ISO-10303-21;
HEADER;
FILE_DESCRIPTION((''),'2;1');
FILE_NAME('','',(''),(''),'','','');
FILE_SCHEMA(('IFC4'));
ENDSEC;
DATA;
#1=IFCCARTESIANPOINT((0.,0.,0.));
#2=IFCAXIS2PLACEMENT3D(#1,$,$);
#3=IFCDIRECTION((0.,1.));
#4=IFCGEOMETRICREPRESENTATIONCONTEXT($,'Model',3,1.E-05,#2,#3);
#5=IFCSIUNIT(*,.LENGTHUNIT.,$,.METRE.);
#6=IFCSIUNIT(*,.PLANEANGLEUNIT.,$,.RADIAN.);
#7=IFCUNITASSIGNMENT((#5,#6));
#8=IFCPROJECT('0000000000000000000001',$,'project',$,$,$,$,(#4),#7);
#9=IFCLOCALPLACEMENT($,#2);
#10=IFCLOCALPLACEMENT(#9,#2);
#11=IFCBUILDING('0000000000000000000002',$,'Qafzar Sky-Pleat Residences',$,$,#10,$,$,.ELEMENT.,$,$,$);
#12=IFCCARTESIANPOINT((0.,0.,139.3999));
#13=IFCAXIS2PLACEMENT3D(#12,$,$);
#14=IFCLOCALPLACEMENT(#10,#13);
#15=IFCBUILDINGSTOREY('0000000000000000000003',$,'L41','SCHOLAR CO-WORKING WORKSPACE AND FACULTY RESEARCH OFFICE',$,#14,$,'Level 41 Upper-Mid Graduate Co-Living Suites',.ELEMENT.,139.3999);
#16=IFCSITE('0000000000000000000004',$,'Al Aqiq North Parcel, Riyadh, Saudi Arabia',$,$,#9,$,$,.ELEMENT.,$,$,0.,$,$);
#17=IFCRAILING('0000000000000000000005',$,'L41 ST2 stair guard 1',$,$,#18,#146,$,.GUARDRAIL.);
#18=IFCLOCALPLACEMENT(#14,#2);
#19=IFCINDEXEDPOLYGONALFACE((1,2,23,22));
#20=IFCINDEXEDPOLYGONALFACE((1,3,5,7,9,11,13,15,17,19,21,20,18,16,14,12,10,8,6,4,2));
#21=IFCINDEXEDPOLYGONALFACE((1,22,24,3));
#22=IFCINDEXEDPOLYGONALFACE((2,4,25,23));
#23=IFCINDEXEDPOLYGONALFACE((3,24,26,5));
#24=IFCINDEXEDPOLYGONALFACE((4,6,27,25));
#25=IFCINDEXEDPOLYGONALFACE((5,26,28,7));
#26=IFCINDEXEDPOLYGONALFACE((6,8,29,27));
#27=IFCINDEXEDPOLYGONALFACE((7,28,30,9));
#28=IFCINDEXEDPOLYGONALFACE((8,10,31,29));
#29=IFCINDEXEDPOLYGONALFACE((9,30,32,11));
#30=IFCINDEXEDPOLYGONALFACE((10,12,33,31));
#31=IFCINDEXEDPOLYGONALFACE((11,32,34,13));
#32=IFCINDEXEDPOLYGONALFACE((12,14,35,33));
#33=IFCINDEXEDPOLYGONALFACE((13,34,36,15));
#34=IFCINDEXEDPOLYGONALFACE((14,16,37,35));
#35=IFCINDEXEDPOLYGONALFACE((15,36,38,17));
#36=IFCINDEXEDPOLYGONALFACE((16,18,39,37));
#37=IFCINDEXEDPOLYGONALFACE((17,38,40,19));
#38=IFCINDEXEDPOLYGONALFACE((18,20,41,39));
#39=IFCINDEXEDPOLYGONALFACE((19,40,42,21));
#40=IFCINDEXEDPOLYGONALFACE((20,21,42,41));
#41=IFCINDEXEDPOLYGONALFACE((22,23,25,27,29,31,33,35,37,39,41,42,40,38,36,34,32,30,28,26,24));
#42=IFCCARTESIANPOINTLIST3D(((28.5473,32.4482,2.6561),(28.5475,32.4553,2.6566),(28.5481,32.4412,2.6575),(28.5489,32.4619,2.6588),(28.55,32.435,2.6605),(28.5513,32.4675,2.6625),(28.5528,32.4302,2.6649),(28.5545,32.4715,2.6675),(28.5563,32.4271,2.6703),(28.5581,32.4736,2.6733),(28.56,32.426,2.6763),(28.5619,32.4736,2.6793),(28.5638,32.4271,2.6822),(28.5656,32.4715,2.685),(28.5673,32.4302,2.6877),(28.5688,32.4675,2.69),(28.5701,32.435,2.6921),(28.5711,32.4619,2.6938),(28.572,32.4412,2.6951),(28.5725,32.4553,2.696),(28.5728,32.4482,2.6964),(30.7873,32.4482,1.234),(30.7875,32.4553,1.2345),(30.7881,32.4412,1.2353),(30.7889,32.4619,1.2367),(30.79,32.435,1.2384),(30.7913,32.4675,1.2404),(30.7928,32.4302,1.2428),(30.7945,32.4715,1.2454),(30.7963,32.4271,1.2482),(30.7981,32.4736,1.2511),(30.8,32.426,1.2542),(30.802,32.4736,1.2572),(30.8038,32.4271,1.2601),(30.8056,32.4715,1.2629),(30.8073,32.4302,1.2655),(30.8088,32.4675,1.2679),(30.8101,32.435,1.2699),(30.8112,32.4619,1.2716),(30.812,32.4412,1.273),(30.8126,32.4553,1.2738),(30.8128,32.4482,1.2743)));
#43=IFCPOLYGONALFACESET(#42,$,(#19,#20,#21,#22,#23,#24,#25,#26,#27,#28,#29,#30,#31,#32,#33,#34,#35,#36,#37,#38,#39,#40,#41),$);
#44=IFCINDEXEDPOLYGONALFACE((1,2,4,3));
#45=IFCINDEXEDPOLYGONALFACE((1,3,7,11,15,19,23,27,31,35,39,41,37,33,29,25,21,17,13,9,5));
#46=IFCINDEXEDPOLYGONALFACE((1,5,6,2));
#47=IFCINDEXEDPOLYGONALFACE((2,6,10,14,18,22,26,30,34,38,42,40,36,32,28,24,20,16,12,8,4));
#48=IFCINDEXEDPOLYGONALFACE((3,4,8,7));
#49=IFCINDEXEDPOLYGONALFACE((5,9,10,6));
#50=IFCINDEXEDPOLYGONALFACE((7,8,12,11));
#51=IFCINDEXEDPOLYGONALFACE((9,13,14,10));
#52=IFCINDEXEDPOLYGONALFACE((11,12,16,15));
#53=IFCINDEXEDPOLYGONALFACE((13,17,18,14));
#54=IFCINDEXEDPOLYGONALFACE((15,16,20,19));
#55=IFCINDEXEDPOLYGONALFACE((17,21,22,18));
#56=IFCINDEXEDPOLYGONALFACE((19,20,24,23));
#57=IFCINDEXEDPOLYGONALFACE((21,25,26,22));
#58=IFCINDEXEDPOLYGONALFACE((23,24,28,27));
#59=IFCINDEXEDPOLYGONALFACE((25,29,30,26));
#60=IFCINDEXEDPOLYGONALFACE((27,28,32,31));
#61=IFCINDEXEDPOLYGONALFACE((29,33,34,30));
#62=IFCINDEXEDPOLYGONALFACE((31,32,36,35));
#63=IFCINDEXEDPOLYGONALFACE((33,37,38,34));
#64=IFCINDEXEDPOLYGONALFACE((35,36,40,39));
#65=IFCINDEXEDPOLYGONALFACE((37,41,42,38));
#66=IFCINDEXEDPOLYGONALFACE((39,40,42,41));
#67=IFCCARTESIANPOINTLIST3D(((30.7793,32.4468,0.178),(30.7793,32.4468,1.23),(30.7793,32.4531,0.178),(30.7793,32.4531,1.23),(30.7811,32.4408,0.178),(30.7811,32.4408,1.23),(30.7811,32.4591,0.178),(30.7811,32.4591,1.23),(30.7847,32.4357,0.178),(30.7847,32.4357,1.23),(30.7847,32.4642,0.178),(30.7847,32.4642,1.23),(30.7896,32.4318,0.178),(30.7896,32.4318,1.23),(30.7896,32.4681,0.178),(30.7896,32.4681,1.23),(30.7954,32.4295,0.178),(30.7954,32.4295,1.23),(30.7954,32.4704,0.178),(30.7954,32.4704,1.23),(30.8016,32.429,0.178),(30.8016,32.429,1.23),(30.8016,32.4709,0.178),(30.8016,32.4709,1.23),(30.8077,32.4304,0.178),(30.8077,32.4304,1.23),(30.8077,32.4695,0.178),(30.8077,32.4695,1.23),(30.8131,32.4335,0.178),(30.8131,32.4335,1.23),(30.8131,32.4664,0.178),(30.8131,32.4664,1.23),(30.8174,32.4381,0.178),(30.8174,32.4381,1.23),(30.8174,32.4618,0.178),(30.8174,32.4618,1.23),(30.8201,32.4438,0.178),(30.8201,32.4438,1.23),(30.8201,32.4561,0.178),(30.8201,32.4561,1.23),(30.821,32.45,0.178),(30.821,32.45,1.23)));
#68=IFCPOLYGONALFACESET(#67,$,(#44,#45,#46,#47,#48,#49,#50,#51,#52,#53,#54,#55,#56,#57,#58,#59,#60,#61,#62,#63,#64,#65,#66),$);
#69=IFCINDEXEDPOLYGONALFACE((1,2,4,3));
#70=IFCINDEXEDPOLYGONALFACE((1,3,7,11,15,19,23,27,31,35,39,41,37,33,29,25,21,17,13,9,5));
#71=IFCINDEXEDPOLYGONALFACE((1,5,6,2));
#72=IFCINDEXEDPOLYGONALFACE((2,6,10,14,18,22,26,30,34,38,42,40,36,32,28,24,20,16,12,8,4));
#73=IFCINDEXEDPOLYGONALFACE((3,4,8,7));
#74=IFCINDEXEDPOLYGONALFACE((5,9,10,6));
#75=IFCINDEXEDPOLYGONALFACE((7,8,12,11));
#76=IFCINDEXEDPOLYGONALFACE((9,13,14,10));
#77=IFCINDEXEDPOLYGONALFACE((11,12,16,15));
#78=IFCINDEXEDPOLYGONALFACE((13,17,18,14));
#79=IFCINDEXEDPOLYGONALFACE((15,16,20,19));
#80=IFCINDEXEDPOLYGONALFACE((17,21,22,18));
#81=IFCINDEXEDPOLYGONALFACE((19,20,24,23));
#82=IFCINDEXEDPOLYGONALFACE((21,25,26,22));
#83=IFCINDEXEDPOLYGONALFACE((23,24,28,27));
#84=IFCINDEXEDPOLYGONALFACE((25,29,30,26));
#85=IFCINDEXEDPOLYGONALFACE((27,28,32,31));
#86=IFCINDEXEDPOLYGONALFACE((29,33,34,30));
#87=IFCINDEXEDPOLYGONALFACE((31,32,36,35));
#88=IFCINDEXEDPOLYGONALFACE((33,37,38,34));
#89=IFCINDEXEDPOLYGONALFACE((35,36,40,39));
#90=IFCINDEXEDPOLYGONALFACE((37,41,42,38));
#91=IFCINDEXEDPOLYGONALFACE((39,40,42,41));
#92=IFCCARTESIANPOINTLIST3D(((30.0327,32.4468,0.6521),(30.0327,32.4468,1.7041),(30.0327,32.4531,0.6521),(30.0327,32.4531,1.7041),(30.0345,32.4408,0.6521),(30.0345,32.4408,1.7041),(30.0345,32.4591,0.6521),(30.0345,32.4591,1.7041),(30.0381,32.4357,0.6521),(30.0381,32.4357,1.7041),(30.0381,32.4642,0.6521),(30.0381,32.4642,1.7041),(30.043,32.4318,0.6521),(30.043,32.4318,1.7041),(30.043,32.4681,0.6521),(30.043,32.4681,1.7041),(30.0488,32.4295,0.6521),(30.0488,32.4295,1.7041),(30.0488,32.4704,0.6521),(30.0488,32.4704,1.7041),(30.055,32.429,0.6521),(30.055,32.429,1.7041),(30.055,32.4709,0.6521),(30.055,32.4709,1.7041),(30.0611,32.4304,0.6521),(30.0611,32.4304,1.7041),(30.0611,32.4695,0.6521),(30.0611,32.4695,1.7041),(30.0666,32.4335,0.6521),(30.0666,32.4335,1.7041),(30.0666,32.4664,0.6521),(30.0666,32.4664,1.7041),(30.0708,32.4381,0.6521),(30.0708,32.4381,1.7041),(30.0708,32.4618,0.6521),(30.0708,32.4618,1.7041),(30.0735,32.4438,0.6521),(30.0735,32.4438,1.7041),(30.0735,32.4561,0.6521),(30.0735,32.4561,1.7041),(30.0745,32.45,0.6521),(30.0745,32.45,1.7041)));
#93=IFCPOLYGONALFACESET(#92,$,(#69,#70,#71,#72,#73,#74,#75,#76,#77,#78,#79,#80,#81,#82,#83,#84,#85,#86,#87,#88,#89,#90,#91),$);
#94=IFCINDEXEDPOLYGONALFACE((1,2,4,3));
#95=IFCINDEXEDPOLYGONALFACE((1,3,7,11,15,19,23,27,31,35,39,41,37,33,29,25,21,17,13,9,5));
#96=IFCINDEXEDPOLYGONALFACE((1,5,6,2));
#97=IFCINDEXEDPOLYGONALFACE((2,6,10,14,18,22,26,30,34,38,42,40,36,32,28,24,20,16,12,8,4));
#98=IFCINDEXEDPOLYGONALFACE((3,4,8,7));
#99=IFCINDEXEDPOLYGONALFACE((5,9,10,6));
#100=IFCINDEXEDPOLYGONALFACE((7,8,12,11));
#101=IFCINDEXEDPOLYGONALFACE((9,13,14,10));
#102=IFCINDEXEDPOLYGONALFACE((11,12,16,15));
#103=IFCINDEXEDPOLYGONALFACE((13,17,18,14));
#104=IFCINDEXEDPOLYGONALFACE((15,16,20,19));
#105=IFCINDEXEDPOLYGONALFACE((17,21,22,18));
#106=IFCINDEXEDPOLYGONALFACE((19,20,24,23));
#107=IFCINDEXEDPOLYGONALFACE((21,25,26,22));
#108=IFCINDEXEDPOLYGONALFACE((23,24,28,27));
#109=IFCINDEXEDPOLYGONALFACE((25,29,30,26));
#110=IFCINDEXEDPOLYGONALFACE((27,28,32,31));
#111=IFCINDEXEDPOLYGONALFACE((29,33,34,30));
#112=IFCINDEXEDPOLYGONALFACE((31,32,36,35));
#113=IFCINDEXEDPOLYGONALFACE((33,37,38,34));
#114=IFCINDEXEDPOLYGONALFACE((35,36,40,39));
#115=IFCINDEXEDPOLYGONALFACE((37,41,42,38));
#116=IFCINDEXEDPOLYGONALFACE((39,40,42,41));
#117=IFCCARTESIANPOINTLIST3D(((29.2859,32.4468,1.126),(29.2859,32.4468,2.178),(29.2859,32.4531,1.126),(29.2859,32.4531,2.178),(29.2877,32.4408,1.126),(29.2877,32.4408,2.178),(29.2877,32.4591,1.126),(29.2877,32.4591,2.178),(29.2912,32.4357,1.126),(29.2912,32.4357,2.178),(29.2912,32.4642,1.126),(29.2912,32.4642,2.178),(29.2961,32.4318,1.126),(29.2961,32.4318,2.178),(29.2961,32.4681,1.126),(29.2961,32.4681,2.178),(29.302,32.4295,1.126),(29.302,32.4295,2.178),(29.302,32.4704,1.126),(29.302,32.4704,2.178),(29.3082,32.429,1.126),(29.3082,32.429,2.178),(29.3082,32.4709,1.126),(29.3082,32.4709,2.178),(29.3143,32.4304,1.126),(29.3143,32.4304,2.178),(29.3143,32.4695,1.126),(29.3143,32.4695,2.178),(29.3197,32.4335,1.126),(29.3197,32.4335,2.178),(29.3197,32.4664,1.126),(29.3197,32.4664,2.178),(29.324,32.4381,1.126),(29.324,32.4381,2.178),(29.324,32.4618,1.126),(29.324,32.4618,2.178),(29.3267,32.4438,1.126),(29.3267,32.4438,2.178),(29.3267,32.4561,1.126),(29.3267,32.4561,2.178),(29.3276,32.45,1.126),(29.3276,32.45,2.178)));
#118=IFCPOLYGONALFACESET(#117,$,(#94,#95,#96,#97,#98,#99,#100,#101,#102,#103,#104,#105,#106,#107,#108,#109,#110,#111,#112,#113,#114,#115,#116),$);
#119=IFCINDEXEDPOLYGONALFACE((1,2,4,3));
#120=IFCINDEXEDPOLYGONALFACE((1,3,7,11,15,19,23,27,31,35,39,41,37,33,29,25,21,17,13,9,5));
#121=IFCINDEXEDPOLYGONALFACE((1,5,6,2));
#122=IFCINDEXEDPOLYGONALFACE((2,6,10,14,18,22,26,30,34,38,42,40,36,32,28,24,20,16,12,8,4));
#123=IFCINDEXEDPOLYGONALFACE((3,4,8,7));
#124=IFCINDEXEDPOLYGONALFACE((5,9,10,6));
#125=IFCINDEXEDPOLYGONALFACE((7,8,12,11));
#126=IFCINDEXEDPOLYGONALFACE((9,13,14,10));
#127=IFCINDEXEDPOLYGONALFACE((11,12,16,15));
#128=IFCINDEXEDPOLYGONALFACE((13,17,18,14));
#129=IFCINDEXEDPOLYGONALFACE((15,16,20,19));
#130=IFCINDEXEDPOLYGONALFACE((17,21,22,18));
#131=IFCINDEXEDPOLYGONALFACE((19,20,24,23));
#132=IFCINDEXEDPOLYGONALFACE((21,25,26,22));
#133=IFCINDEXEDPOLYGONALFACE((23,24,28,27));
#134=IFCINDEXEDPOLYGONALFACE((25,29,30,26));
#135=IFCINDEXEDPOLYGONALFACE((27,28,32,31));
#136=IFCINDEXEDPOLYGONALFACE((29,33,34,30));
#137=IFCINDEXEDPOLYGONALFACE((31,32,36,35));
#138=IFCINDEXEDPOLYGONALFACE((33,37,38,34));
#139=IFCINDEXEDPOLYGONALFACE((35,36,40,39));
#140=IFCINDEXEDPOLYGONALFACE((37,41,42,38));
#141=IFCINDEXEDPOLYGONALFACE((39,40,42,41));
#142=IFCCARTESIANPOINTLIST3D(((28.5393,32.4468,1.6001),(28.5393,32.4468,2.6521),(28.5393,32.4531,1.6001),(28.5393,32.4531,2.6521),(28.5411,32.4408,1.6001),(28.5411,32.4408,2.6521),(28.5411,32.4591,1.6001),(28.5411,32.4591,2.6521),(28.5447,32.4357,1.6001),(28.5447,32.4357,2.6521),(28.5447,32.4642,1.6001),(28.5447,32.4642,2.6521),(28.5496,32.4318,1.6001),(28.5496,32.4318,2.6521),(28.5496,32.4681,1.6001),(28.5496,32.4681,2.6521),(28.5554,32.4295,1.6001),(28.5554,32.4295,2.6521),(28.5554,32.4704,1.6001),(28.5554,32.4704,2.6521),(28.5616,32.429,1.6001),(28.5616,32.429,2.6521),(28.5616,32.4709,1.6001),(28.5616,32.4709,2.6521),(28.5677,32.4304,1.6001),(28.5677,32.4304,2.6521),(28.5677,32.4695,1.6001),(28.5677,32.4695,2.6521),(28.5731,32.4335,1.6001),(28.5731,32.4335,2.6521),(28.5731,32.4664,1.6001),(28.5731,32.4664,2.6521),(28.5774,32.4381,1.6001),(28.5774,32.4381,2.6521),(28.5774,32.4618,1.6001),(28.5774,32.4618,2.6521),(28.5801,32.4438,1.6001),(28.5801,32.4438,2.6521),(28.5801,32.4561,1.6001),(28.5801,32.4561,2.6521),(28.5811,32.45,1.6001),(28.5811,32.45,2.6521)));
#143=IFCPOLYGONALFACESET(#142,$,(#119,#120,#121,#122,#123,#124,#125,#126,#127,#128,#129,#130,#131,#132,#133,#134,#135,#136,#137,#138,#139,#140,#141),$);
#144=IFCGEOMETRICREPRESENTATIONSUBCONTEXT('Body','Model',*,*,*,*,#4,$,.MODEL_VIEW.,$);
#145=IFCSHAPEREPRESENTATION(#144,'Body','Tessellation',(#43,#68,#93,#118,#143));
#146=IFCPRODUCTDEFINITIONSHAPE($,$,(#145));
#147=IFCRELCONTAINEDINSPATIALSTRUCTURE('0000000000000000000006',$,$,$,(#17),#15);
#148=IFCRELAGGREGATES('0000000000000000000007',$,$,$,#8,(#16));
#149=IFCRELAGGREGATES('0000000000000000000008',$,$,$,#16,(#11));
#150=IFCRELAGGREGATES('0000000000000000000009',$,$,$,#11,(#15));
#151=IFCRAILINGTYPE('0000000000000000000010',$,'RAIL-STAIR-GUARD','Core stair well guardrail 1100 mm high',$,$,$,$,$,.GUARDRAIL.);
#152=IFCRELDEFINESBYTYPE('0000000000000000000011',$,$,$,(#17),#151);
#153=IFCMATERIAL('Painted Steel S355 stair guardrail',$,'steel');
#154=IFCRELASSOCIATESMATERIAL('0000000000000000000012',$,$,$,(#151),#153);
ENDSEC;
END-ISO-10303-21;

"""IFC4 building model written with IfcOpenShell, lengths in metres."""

from ifc_helpers import new_model, si_unit, direction, frame, origin, origin_2d, place, context, subcontext, project, spatial, circle, extrude, source, transform, mapped, material, type_object, element, save


model = new_model("IFC4")

# Units and contexts
model_context = context("Model", 3, precision=1e-05, world=origin(), true_north=direction((0.0, 1.0)))
body_context = subcontext(model_context, "Body", "Model", "MODEL_VIEW")
ifc_project = project(units=[si_unit("LENGTHUNIT", "METRE"), si_unit("PLANEANGLEUNIT", "RADIAN")], contexts=[model_context])

# Site, building, storey
site_placement = place(None, origin())
site = spatial("IfcSite", under=ifc_project, at=site_placement, Name="Al Aqiq North Parcel, Riyadh, Saudi Arabia", CompositionType="ELEMENT", RefElevation=0.0)
building_placement = place(site_placement, origin())
building = spatial("IfcBuilding", under=site, at=building_placement, Name="Qafzar Sky-Pleat Residences", CompositionType="ELEMENT")
storey_placement = place(building_placement, frame((0.0, 0.0, 139.3999)))
storey = spatial("IfcBuildingStorey", under=building, at=storey_placement, Name="L41", Description="SCHOLAR CO-WORKING WORKSPACE AND FACULTY RESEARCH OFFICE", LongName="Level 41 Upper-Mid Graduate Co-Living Suites", CompositionType="ELEMENT", Elevation=139.3999)

# Railing
ifc_material_1 = material(Name="Painted Steel S355 stair guardrail", Category="steel")
railing_type_1 = type_object("IfcRailingType", Name="RAIL-STAIR-GUARD", Description="Core stair well guardrail 1100 mm high", PredefinedType="GUARDRAIL", material=ifc_material_1)
shared_shape_1 = source(origin(), body_context, "Body", "SweptSolid", [
    extrude(circle(Radius=0.0239, at=origin_2d()), frame((0.0, 0.0, 1.0762), z_axis=(-0.844229, 0.0, 0.535982), x_axis=(0.0, -1.0, 0.0)), (0.0, 0.0, 1.0), 2.6533),
    extrude(circle(Radius=0.021, at=origin_2d()), origin(), (0.0, 0.0, 1.0), 1.052),
    extrude(circle(Radius=0.021, at=origin_2d()), frame((-0.7466, 0.0, 0.4741)), (0.0, 0.0, 1.0), 1.052),
    extrude(circle(Radius=0.021, at=origin_2d()), frame((-1.4934, 0.0, 0.948)), (0.0, 0.0, 1.0), 1.052),
    extrude(circle(Radius=0.021, at=origin_2d()), frame((-2.24, 0.0, 1.4221)), (0.0, 0.0, 1.0), 1.052),
])
railing_1_placement = place(storey_placement, frame((30.8, 32.45, 0.178)))
element("IfcRailing", 1, at=railing_1_placement, inside=storey, type_object=railing_type_1, Name="L41 ST2 stair guard 1", PredefinedType="GUARDRAIL", context=body_context, shape_type="MappedRepresentation", body=[
    mapped(shared_shape_1, transform((0.0, 0.0, 0.0), x_axis=(1.0, 0.0, 0.0), y_axis=(0.0, 1.0, 0.0), z_axis=(0.0, 0.0, 1.0), scale=1.0)),
])

save(model, "model.ifc")
